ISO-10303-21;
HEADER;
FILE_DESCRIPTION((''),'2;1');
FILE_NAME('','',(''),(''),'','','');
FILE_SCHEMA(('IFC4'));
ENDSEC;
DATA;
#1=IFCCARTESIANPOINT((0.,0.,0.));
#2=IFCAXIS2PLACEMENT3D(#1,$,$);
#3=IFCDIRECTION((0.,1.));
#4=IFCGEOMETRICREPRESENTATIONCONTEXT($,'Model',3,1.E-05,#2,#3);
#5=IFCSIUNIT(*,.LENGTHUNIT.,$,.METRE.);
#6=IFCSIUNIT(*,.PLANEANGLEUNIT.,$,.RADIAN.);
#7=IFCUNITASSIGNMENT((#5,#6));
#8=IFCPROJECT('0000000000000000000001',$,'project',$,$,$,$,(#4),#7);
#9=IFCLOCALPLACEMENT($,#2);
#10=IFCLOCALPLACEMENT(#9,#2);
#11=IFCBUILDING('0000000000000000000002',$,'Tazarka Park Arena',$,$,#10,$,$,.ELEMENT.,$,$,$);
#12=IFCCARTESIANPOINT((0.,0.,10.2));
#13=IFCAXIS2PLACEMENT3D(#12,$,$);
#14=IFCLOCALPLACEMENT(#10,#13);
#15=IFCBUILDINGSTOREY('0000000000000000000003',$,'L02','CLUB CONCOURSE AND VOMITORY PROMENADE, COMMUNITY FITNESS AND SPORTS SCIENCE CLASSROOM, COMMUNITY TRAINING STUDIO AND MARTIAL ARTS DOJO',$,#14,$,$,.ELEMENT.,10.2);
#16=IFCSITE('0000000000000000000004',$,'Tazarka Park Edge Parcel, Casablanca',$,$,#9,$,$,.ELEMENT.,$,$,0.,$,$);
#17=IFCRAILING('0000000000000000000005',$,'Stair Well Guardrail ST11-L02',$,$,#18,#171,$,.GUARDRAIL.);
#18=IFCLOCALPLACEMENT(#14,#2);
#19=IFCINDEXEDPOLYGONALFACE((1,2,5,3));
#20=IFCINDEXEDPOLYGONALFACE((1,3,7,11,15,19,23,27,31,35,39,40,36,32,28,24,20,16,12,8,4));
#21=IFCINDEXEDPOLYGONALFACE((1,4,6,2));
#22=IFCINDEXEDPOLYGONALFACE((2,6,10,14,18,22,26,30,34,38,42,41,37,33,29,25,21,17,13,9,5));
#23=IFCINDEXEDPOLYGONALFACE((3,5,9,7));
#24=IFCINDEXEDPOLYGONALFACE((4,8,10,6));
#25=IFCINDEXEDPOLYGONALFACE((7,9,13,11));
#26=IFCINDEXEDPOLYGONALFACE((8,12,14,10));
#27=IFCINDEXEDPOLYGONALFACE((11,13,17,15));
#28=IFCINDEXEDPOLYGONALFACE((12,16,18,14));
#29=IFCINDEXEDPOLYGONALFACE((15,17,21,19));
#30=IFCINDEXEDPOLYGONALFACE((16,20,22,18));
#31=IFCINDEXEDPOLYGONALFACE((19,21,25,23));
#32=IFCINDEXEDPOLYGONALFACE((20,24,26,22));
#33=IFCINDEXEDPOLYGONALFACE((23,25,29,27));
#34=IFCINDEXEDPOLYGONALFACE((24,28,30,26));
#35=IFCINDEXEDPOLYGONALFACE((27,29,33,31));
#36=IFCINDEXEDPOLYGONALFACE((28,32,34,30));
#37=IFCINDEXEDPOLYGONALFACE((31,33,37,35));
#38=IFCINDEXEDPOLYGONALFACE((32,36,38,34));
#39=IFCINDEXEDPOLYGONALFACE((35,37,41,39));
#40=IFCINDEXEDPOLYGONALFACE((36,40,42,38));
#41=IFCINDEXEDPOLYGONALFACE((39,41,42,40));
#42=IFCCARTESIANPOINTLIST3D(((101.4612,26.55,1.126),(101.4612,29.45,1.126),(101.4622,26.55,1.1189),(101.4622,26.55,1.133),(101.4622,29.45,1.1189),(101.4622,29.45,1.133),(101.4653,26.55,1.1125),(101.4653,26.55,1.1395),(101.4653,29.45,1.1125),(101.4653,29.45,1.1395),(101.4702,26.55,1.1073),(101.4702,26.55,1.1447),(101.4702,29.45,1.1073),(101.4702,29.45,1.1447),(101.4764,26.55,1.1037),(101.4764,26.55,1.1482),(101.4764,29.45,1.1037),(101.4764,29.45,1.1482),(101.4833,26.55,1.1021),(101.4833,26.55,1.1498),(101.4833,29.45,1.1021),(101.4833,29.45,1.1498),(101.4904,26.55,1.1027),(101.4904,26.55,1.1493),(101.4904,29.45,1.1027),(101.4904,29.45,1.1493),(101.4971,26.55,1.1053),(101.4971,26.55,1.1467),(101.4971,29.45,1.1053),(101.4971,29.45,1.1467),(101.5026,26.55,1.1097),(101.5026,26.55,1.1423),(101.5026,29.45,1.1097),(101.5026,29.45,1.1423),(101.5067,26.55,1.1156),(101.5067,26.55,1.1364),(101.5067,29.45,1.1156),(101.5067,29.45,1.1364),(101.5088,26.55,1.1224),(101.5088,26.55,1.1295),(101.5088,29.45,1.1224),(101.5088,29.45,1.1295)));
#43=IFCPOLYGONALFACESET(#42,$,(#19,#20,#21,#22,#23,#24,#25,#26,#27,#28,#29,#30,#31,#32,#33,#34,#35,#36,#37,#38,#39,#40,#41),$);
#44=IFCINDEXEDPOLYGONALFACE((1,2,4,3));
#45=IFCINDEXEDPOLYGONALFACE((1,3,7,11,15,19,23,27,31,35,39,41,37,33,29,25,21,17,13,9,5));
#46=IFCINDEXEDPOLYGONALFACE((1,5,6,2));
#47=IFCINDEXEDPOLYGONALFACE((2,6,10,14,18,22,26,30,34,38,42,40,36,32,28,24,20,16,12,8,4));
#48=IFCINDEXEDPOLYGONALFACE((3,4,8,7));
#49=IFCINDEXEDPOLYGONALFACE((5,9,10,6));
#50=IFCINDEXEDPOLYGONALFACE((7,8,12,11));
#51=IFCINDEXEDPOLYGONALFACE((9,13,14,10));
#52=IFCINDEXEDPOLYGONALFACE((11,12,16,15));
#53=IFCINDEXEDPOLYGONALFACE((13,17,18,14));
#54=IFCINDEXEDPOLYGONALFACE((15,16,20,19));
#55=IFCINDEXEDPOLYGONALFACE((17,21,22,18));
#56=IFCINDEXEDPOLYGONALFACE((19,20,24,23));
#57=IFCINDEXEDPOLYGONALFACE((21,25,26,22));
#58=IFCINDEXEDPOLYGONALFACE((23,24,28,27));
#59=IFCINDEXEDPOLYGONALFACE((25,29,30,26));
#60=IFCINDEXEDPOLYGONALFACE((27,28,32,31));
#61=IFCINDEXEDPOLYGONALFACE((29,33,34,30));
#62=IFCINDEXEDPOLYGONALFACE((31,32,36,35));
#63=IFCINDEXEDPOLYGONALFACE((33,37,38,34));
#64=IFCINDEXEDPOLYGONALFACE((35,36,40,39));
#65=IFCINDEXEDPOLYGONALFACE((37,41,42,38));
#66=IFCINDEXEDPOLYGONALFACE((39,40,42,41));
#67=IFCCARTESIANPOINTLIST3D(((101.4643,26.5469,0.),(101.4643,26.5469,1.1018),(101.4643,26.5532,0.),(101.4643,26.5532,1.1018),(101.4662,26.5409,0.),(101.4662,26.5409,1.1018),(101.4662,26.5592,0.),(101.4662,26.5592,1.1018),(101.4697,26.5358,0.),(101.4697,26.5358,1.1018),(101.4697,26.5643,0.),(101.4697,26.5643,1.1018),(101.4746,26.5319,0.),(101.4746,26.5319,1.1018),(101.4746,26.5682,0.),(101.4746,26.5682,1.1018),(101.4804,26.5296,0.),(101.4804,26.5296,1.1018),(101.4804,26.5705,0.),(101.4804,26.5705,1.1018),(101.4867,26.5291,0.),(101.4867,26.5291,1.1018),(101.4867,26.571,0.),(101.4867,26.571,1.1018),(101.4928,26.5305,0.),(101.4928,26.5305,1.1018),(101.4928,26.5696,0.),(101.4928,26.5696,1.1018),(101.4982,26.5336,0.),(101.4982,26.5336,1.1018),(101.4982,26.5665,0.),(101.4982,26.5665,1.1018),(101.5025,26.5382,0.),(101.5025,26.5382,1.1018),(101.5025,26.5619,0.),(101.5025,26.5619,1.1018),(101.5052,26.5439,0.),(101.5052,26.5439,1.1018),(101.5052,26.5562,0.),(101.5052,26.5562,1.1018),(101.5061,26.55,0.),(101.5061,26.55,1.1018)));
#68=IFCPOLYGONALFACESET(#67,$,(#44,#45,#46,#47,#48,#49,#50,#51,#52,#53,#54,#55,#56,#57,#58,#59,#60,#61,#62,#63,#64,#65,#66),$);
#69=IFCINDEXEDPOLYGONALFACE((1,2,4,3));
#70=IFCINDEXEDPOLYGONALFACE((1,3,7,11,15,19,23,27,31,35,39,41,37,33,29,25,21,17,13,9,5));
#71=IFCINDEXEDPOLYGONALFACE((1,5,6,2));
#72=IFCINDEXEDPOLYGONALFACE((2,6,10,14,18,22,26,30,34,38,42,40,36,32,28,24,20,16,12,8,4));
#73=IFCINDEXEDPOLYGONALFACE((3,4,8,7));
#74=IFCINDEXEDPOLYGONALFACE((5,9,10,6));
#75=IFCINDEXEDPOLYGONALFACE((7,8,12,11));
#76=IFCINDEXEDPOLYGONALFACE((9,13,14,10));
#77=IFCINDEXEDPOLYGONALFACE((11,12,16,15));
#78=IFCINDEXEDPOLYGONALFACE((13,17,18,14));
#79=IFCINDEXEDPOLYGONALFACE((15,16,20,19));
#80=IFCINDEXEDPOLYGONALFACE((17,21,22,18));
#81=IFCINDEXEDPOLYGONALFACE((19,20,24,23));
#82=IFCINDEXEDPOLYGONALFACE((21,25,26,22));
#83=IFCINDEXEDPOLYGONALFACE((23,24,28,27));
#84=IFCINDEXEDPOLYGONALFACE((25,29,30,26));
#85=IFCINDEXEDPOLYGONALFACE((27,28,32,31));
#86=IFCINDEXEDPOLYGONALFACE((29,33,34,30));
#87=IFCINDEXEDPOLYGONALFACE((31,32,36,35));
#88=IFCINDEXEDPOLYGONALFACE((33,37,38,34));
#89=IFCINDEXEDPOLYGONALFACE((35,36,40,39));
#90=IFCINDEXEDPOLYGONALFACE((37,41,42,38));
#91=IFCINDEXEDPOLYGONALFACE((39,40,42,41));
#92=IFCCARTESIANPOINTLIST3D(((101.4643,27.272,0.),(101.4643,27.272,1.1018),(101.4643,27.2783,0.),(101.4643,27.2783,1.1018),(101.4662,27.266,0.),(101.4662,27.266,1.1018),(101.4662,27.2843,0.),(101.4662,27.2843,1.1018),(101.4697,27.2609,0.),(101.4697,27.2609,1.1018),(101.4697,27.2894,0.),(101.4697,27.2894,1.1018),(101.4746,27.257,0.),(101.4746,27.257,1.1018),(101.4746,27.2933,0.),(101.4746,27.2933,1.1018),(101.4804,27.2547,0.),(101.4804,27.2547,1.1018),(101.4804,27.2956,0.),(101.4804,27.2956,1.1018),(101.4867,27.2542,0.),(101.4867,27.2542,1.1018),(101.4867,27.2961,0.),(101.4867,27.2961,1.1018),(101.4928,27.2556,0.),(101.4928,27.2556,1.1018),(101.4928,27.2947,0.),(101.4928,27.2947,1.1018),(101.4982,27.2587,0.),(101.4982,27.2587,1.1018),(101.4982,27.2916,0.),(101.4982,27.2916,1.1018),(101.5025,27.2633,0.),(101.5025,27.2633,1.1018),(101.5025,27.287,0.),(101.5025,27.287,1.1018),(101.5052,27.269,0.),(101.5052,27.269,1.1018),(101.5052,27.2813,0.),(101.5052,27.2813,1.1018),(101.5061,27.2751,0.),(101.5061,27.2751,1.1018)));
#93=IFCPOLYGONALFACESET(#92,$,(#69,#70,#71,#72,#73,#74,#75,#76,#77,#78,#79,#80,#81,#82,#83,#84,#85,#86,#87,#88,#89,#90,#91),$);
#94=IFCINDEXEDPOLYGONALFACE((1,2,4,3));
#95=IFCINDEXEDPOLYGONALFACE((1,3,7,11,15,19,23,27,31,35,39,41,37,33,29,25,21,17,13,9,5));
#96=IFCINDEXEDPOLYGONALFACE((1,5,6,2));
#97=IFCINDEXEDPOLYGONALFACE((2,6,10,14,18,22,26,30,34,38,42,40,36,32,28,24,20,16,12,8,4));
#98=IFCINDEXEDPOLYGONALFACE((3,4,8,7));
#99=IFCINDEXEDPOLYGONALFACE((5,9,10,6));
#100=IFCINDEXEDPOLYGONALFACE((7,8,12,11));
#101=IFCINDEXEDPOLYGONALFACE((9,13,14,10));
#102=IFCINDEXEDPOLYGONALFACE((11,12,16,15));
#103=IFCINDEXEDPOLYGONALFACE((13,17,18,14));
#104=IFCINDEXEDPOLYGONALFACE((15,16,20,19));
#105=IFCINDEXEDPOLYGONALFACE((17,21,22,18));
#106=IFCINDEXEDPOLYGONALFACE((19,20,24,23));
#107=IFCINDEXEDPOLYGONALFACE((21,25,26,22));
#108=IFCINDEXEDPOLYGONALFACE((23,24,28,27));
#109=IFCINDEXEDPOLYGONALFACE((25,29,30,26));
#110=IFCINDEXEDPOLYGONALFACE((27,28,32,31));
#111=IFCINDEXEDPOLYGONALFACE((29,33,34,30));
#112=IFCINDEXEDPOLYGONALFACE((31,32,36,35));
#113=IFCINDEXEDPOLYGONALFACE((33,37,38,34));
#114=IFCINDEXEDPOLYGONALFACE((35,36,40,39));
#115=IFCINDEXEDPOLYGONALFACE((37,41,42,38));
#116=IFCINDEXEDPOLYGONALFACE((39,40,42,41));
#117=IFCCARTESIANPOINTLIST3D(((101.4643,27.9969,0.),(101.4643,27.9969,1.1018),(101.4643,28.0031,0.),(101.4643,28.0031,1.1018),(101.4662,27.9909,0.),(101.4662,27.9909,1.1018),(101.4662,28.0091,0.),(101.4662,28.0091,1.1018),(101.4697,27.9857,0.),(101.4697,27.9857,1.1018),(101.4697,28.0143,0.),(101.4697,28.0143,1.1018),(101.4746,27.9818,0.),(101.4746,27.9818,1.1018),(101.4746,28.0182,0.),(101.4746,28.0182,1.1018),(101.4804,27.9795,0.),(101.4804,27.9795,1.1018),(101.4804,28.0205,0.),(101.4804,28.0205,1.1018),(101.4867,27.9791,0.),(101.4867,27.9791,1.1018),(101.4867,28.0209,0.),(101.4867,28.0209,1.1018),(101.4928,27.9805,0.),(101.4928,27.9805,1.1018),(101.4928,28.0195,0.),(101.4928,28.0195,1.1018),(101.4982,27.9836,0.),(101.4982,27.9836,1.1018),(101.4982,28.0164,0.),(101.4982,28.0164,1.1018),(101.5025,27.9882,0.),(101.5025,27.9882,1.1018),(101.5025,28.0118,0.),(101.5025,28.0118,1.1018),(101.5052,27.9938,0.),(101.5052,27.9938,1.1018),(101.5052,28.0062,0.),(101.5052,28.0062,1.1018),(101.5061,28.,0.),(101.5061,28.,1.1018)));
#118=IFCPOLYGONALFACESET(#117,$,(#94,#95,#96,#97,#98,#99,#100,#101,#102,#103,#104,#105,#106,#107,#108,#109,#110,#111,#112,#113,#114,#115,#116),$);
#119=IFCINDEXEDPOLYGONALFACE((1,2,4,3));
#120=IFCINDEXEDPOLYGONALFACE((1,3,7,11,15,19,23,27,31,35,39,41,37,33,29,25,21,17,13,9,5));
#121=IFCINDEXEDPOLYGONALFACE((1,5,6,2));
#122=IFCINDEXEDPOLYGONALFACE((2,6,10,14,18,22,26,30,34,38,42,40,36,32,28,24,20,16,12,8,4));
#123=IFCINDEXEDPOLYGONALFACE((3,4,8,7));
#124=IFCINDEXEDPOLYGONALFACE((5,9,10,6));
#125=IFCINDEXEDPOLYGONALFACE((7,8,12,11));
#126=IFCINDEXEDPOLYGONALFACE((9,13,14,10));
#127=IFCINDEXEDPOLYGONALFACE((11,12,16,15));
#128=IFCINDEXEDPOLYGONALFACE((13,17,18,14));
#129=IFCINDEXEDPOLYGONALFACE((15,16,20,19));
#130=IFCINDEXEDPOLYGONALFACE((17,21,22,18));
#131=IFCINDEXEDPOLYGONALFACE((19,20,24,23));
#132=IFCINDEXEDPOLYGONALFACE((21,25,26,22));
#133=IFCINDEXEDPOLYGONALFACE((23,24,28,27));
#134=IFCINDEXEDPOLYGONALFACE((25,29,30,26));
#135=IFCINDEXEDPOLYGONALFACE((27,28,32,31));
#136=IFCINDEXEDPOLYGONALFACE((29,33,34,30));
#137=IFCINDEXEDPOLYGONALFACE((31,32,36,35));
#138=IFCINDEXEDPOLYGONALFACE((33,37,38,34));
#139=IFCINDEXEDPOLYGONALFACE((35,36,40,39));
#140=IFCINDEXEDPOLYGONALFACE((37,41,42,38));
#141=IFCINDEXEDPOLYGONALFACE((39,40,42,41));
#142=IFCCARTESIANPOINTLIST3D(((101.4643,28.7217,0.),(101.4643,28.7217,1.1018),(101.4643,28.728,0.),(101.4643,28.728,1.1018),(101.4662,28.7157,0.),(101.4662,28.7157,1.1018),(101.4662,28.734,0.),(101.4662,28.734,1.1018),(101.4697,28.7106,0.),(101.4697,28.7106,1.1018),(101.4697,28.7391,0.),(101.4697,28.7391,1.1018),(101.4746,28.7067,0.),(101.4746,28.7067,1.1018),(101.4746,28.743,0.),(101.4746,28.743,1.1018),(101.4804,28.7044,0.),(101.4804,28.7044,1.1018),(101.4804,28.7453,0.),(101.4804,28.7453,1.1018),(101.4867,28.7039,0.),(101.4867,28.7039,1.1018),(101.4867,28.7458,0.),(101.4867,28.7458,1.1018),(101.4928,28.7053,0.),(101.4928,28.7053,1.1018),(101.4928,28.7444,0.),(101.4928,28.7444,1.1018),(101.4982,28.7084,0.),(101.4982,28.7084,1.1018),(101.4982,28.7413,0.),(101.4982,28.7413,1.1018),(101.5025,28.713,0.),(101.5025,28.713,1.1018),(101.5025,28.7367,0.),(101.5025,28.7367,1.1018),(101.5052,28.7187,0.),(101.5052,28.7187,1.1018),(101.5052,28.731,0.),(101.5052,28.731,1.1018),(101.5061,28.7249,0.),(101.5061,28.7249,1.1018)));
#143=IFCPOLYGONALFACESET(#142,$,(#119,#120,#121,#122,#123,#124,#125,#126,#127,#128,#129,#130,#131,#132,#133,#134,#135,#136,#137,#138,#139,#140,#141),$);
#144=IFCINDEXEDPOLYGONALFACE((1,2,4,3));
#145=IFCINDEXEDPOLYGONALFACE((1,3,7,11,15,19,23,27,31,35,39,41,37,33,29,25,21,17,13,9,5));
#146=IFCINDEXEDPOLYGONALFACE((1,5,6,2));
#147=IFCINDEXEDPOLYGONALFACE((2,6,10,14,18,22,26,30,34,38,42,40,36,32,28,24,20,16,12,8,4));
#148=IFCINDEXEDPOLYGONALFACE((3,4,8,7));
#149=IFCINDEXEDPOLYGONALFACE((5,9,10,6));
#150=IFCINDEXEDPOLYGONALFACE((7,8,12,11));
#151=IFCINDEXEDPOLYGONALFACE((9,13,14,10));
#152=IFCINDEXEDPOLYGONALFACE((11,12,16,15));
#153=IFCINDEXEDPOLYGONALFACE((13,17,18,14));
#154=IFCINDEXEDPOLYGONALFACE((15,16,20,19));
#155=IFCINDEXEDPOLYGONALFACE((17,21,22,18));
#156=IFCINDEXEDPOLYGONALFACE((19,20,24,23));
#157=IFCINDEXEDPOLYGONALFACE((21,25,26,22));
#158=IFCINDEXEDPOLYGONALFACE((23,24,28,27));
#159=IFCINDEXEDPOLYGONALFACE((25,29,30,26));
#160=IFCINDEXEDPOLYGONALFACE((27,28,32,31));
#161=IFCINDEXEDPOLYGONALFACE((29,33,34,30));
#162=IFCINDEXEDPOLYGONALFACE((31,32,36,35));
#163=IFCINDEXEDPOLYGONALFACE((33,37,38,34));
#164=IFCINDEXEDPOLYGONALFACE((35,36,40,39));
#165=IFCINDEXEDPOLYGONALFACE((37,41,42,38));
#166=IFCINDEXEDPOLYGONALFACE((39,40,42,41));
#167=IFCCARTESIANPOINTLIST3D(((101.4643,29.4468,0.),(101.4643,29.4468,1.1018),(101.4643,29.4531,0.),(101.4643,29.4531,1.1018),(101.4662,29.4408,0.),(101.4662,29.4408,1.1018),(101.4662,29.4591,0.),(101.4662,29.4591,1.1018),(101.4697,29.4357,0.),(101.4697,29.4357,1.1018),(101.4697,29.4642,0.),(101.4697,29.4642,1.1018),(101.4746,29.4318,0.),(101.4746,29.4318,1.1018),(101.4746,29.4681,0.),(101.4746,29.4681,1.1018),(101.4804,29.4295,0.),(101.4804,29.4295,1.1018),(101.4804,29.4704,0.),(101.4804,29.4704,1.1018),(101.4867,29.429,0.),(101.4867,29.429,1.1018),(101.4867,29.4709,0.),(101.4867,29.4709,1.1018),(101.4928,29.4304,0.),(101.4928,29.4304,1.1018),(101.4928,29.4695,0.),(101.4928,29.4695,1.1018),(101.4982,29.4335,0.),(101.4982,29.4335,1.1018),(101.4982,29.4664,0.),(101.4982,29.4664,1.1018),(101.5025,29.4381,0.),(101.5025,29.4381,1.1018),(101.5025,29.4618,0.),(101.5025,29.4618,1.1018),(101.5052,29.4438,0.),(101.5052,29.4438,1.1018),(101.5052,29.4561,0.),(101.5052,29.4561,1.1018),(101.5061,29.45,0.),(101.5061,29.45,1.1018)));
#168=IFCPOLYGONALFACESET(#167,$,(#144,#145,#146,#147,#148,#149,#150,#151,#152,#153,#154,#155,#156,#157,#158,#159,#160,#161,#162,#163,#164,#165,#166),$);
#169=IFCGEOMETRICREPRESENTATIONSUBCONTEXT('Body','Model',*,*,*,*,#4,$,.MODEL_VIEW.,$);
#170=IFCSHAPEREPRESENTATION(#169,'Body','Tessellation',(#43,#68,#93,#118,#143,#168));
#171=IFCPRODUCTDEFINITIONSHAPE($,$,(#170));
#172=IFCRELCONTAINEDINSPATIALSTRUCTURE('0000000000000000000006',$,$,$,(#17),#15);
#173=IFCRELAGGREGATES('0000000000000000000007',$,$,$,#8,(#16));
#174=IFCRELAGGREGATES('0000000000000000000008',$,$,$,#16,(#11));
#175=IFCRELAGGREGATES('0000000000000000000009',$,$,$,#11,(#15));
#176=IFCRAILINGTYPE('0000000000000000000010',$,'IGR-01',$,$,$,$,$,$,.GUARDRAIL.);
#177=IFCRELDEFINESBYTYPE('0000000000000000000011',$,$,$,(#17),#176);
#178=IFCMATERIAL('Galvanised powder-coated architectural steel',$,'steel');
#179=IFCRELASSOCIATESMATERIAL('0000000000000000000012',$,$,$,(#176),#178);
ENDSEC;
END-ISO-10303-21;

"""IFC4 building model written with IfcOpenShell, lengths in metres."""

from ifc_helpers import new_model, si_unit, direction, frame, origin, origin_2d, place, context, subcontext, project, spatial, circle, extrude, material, type_object, element, save


model = new_model("IFC4")

# Units and contexts
model_context = context("Model", 3, precision=1e-05, world=origin(), true_north=direction((0.0, 1.0)))
body_context = subcontext(model_context, "Body", "Model", "MODEL_VIEW")
ifc_project = project(units=[si_unit("LENGTHUNIT", "METRE"), si_unit("PLANEANGLEUNIT", "RADIAN")], contexts=[model_context])

# Site, building, storey
site_placement = place(None, origin())
site = spatial("IfcSite", under=ifc_project, at=site_placement, Name="Tazarka Park Edge Parcel, Casablanca", CompositionType="ELEMENT", RefElevation=0.0)
building_placement = place(site_placement, origin())
building = spatial("IfcBuilding", under=site, at=building_placement, Name="Tazarka Park Arena", CompositionType="ELEMENT")
storey_placement = place(building_placement, frame((0.0, 0.0, 10.2)))
storey = spatial("IfcBuildingStorey", under=building, at=storey_placement, Name="L02", Description="CLUB CONCOURSE AND VOMITORY PROMENADE, COMMUNITY FITNESS AND SPORTS SCIENCE CLASSROOM, COMMUNITY TRAINING STUDIO AND MARTIAL ARTS DOJO", CompositionType="ELEMENT", Elevation=10.2)

# Railing
ifc_material_1 = material(Name="Galvanised powder-coated architectural steel", Category="steel")
railing_type_1 = type_object("IfcRailingType", Name="IGR-01", PredefinedType="GUARDRAIL", material=ifc_material_1)
for number, where, name in (
    (1, (101.4851, 26.55, 0.0), "Stair Well Guardrail ST11-L02"),
):
    element("IfcRailing", number, at=place(storey_placement, frame(where)), inside=storey, type_object=railing_type_1, Name=name, PredefinedType="GUARDRAIL", context=body_context, shape_type="SweptSolid", body=[
        extrude(circle(Radius=0.0239, at=origin_2d()), frame((0.0, 0.0, 1.126), z_axis=(0.0, 1.0, 0.0), x_axis=(-1.0, 0.0, 0.0)), (0.0, 0.0, 1.0), 2.8999),
        extrude(circle(Radius=0.021, at=origin_2d()), origin(), (0.0, 0.0, 1.0), 1.1018),
        extrude(circle(Radius=0.021, at=origin_2d()), frame((0.0, 0.7251, 0.0)), (0.0, 0.0, 1.0), 1.1018),
        extrude(circle(Radius=0.021, at=origin_2d()), frame((0.0, 1.45, 0.0)), (0.0, 0.0, 1.0), 1.1018),
        extrude(circle(Radius=0.021, at=origin_2d()), frame((0.0, 2.1748, 0.0)), (0.0, 0.0, 1.0), 1.1018),
        extrude(circle(Radius=0.021, at=origin_2d()), frame((0.0, 2.8999, 0.0)), (0.0, 0.0, 1.0), 1.1018),
    ])

save(model, "model.ifc")
